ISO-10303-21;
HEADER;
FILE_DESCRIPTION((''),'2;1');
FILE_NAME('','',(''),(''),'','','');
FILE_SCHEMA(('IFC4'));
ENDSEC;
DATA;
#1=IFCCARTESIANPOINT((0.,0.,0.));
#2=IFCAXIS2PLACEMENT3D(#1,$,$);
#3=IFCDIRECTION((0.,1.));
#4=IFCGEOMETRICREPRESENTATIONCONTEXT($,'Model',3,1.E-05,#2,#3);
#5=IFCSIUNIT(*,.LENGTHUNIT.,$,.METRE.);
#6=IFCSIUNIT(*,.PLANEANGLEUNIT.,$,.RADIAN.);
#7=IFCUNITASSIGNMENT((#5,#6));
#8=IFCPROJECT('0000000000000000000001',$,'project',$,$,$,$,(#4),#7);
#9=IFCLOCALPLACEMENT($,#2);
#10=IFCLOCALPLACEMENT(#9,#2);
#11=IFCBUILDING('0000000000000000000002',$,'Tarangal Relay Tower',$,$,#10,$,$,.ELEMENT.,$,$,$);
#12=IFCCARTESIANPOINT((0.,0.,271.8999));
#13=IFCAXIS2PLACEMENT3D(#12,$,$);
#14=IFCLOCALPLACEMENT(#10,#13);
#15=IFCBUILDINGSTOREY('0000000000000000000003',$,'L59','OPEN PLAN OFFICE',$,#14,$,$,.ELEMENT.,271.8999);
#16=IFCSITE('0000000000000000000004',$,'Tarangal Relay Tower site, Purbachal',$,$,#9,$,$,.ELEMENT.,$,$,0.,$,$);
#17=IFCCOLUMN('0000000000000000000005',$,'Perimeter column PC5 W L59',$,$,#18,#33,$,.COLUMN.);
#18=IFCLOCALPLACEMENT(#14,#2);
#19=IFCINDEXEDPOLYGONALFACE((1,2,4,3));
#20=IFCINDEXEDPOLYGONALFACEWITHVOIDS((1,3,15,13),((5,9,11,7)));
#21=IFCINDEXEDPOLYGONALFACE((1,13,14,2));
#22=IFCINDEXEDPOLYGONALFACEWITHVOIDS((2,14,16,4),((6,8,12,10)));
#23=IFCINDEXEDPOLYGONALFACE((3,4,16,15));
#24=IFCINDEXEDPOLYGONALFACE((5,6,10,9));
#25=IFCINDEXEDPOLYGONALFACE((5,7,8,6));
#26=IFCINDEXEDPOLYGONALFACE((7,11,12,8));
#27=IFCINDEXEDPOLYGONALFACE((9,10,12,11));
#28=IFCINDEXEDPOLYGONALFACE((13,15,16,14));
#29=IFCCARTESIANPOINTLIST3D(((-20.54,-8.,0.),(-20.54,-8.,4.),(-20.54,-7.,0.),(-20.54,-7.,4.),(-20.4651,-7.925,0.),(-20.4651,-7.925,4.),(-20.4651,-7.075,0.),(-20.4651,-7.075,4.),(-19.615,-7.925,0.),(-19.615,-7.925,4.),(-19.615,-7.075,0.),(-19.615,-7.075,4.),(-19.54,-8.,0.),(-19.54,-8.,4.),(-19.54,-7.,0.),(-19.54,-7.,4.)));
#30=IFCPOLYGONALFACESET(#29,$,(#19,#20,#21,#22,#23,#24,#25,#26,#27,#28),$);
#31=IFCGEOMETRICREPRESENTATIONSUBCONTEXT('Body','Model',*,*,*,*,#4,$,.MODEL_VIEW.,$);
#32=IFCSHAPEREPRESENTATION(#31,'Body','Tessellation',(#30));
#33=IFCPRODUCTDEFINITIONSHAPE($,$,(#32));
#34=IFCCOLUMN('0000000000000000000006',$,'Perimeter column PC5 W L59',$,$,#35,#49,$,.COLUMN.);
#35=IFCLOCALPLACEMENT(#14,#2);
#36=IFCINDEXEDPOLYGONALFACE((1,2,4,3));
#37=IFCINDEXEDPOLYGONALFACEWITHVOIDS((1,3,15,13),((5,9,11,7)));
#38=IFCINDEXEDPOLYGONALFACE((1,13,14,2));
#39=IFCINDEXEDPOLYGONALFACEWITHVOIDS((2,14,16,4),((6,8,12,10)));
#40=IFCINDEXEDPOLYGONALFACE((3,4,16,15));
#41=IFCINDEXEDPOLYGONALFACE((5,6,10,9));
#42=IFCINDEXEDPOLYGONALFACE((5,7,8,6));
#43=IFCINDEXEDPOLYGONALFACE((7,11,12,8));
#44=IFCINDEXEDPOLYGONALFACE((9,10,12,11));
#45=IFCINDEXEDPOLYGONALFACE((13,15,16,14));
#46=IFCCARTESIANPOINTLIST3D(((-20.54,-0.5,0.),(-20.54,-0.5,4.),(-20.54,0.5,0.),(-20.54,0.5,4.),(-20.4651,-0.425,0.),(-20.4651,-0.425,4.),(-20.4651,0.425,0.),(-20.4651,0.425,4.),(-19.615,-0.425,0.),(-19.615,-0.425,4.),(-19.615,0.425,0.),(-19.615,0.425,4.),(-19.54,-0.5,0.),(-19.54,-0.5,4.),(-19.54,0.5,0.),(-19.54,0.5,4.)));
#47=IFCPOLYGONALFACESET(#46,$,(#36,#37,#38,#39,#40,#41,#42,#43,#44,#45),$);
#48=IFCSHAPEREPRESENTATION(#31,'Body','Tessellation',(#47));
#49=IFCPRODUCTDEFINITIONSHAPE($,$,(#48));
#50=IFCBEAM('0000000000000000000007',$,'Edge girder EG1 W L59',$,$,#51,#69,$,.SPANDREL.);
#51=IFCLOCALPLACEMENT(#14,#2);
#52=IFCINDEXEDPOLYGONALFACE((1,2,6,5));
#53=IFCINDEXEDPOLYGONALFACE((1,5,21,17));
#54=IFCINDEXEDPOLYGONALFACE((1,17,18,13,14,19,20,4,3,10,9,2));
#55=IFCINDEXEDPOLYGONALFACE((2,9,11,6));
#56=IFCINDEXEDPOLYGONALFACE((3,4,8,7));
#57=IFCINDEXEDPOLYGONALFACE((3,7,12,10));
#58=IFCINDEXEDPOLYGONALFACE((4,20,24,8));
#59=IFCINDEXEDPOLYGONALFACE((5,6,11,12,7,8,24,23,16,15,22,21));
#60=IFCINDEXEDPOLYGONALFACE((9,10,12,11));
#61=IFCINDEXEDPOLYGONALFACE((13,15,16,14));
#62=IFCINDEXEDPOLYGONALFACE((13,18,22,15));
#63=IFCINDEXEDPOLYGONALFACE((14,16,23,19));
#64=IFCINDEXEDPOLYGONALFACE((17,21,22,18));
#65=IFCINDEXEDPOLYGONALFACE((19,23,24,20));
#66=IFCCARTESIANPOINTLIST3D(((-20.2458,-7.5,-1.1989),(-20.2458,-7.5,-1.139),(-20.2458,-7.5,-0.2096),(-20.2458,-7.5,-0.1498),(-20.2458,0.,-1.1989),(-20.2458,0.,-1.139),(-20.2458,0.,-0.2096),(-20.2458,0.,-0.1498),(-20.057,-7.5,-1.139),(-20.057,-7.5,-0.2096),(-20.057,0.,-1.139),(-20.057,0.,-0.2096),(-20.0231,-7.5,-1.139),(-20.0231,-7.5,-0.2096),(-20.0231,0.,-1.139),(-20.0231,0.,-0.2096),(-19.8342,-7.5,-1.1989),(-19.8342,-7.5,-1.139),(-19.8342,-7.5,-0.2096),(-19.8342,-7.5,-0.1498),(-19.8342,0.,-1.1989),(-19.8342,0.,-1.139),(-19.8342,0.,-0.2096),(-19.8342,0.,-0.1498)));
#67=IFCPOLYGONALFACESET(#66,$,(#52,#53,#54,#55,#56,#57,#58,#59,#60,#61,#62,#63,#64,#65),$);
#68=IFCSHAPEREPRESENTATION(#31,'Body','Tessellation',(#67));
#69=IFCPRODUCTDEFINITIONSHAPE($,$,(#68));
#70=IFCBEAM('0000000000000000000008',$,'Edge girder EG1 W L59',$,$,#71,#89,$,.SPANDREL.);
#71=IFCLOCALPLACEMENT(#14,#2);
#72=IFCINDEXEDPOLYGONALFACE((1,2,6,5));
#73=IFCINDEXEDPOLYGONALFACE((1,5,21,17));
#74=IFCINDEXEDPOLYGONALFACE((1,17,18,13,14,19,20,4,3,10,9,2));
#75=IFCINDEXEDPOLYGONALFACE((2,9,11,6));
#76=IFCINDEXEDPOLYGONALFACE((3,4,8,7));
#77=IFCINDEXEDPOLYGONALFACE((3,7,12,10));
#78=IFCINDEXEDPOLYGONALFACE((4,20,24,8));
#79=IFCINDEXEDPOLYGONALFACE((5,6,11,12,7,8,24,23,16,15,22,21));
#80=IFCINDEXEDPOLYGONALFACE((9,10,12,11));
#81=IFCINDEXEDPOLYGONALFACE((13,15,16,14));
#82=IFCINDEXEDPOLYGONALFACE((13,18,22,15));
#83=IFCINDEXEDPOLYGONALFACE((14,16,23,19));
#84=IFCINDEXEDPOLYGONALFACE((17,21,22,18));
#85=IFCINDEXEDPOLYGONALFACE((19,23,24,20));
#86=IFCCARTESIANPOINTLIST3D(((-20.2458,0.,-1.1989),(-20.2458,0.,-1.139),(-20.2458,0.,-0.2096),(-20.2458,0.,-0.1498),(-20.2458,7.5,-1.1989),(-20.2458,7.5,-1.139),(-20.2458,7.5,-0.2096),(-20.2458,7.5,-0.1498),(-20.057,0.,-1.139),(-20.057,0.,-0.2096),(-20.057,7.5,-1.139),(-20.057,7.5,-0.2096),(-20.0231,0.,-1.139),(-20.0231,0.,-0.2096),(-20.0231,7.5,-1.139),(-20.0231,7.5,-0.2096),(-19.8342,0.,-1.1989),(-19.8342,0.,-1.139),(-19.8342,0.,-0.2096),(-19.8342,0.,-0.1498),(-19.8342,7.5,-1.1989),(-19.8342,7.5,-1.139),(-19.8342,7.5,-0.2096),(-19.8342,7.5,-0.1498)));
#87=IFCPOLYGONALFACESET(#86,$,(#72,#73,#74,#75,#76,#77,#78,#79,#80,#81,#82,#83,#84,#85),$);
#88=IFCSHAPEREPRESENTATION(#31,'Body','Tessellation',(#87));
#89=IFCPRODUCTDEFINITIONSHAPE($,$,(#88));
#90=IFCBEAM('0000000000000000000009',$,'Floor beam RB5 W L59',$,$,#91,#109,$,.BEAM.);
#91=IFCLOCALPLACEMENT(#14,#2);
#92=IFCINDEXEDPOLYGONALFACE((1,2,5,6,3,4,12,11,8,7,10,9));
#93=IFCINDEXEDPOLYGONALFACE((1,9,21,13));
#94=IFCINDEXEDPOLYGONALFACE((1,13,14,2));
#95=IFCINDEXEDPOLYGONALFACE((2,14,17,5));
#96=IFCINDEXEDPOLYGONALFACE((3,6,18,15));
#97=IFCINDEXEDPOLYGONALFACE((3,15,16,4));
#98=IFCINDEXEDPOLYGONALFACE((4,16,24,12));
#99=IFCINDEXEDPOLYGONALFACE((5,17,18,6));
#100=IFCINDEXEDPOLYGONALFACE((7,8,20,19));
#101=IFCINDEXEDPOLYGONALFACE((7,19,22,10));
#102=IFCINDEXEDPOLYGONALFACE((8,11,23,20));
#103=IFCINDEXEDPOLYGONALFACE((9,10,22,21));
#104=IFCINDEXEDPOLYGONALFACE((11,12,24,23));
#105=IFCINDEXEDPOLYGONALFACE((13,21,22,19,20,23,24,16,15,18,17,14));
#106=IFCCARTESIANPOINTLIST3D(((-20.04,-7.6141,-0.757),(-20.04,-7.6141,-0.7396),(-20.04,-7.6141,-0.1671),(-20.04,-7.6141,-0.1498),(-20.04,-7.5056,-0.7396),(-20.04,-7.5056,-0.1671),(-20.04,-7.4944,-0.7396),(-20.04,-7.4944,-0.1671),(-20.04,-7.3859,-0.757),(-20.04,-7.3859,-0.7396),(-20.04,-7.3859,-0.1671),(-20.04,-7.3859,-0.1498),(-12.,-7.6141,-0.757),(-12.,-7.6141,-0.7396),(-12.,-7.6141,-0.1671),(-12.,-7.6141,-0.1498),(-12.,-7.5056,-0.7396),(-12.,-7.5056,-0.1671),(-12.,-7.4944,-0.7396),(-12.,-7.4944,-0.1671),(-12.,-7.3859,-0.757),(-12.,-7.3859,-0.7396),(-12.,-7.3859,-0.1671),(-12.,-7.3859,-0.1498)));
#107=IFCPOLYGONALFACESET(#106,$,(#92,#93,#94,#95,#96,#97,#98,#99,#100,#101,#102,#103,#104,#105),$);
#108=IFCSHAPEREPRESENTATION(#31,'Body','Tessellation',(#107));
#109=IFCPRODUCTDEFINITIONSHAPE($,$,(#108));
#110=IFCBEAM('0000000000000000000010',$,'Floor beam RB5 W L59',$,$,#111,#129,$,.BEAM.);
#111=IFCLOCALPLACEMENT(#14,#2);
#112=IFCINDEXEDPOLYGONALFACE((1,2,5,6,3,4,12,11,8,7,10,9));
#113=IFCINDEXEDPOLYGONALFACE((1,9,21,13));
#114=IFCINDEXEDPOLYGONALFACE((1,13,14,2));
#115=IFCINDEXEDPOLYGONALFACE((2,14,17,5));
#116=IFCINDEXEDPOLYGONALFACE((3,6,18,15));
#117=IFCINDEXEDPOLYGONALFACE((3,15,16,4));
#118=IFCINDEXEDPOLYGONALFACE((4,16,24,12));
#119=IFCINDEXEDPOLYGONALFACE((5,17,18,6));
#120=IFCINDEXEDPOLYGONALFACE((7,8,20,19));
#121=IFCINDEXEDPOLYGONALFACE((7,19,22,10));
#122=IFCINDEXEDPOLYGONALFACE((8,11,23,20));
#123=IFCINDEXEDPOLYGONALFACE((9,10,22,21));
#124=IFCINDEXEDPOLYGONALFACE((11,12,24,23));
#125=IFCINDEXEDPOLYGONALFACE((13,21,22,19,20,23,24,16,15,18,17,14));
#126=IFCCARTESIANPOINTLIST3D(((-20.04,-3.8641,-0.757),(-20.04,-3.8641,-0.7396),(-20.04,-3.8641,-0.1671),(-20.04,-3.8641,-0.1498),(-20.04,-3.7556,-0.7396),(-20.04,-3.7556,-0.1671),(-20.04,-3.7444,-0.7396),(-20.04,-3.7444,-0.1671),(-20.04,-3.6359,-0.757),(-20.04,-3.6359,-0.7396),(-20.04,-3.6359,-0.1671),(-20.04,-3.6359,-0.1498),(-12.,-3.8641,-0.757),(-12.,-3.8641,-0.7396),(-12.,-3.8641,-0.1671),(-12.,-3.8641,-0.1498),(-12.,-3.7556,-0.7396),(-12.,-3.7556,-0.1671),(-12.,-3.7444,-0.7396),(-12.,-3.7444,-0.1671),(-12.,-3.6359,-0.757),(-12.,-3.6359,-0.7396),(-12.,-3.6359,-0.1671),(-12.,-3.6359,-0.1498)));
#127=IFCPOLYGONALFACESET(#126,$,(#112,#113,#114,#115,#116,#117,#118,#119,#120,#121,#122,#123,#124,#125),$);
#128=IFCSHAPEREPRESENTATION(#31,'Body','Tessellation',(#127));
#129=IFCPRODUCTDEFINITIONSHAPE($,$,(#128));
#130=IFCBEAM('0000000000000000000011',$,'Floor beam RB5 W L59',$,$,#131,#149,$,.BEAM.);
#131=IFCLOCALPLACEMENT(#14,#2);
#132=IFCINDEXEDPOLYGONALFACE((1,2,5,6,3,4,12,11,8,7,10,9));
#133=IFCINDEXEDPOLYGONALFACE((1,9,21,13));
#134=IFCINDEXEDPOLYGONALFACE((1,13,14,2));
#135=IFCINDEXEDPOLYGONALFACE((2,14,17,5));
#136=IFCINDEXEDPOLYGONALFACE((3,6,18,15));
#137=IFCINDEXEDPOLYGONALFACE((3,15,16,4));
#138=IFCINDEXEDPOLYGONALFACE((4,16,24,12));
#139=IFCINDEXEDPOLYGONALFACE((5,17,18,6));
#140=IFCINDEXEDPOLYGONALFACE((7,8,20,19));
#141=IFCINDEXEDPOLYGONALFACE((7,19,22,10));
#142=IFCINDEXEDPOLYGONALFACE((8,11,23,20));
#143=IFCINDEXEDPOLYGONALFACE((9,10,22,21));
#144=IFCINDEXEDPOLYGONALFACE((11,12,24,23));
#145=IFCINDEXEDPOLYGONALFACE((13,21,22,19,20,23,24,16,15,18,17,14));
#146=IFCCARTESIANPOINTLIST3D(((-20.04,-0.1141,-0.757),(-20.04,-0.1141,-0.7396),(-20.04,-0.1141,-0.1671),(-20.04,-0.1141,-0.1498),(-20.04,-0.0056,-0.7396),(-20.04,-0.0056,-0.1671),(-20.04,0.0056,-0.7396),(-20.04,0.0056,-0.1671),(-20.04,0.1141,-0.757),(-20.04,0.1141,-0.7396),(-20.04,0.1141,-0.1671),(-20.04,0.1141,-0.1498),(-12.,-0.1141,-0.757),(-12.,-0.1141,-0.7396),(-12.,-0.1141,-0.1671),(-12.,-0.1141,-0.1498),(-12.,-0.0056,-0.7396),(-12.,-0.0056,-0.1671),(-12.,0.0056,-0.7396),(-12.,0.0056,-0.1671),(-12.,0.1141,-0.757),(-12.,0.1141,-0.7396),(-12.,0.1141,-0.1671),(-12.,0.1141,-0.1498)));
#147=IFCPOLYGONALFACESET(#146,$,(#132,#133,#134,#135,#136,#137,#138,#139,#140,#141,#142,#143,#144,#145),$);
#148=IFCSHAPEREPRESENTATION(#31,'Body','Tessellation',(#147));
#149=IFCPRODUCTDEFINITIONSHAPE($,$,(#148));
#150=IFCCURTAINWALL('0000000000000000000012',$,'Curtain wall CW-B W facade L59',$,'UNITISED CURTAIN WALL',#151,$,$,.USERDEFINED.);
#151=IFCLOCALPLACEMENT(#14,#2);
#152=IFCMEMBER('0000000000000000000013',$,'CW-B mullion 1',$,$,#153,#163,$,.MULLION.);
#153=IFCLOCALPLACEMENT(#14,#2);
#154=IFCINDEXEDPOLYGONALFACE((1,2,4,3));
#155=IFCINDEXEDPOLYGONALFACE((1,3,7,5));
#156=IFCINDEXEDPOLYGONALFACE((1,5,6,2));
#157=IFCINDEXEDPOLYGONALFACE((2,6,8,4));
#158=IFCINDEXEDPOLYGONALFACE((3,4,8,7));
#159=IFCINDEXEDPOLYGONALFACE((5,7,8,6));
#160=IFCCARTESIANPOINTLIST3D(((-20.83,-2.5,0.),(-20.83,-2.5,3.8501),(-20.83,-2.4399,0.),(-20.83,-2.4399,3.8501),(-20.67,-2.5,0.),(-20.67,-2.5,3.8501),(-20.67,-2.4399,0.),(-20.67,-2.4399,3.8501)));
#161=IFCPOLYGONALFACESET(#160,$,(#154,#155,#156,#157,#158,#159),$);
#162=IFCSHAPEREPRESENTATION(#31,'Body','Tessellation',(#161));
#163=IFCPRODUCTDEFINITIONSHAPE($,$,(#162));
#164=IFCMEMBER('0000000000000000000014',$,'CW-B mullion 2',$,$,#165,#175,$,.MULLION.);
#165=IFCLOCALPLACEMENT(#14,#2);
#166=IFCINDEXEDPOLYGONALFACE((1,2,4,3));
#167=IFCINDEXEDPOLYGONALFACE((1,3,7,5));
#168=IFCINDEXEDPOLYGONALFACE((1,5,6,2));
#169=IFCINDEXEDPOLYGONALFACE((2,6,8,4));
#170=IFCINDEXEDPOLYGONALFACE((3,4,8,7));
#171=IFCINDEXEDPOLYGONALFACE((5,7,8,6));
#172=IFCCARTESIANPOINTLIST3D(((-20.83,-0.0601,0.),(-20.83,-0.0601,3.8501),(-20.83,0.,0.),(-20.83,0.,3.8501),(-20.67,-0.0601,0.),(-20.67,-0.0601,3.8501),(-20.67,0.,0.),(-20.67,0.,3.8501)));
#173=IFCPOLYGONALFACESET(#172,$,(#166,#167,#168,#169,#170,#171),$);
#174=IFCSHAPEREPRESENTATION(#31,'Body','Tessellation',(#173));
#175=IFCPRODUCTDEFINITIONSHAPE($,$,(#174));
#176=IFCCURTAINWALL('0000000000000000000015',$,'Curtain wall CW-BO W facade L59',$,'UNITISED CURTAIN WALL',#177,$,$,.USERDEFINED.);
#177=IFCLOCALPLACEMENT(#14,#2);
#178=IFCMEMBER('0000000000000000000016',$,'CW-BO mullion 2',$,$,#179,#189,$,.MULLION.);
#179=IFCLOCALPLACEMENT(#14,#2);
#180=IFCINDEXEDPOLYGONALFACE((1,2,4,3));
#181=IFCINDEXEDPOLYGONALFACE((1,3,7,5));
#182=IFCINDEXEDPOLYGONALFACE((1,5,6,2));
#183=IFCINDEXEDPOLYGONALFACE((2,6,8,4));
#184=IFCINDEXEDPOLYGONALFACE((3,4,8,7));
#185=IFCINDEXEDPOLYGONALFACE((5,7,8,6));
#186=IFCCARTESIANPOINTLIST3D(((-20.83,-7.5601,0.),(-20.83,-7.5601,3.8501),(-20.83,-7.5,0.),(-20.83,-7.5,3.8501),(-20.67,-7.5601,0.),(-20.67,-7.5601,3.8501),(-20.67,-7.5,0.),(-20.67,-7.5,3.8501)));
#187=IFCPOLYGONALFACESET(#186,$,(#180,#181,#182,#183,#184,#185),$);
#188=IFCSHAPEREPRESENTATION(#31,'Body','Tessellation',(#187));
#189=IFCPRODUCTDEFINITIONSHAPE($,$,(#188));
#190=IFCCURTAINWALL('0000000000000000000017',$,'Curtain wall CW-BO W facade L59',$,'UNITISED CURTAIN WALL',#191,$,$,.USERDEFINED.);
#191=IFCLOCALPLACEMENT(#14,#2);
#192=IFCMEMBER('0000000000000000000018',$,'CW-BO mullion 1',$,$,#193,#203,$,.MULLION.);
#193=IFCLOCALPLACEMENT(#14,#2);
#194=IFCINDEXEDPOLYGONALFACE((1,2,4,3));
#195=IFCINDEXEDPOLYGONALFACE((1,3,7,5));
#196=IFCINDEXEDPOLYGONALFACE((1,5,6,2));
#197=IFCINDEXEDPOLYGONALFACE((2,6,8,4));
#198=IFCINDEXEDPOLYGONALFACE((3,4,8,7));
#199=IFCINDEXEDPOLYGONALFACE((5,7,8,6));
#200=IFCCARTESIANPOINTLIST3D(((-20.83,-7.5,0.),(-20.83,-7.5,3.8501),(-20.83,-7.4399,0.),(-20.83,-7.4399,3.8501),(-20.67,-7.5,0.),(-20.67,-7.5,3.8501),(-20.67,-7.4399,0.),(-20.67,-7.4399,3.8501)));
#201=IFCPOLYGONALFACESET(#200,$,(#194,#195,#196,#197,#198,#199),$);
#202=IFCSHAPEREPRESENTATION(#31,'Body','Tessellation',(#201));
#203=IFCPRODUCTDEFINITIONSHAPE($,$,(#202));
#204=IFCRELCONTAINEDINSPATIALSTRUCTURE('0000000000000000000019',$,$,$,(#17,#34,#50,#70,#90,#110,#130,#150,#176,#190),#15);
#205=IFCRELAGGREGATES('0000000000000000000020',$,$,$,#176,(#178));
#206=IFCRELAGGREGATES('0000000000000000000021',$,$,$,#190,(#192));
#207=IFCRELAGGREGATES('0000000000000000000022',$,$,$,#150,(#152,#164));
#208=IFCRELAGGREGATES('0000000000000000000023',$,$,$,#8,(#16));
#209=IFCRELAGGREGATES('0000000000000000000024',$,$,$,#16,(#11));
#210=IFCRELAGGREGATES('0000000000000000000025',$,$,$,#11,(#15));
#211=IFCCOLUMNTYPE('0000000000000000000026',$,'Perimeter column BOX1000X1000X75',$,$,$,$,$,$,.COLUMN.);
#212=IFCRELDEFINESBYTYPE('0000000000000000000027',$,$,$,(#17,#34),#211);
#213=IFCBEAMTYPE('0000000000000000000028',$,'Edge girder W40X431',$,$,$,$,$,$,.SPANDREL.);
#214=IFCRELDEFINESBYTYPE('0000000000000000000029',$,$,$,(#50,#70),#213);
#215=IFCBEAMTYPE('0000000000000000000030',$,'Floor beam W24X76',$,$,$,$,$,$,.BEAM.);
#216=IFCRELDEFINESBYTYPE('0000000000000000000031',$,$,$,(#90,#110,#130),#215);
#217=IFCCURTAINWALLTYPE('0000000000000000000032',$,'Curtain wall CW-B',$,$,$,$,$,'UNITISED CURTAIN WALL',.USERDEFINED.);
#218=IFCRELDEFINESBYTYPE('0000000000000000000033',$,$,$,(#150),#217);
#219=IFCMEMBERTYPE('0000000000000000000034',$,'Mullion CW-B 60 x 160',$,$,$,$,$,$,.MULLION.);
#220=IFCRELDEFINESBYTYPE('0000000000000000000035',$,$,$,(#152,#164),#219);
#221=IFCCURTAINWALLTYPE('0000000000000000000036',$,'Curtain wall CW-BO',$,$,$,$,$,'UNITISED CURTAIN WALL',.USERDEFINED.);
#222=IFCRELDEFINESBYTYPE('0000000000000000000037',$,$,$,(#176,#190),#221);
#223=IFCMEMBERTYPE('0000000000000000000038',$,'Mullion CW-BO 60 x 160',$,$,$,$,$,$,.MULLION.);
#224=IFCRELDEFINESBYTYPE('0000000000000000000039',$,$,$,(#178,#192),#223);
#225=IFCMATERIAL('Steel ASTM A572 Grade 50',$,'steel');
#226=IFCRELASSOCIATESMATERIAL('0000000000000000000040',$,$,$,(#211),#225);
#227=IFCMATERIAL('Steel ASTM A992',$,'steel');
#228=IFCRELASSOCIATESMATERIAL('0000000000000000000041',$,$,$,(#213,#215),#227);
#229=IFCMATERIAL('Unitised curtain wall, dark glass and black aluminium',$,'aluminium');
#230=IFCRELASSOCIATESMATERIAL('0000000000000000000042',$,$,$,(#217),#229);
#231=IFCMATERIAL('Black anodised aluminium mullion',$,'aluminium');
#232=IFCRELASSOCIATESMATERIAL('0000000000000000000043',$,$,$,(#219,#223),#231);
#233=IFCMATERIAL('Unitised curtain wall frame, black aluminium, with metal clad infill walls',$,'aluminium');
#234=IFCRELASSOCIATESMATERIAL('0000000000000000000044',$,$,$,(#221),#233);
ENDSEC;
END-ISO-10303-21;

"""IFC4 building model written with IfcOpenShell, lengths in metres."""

from ifc_helpers import new_model, si_unit, direction, frame, origin, origin_2d, place, context, subcontext, project, spatial, rectangle, hollow_rectangle, i_section, extrude, material, material_profile, profile_set, type_object, element, aggregate, save


model = new_model("IFC4")

# Units and contexts
model_context = context("Model", 3, precision=1e-05, world=origin(), true_north=direction((0.0, 1.0)))
body_context = subcontext(model_context, "Body", "Model", "MODEL_VIEW")
ifc_project = project(units=[si_unit("LENGTHUNIT", "METRE"), si_unit("PLANEANGLEUNIT", "RADIAN")], contexts=[model_context])

# Site, building, storey
site_placement = place(None, origin())
site = spatial("IfcSite", under=ifc_project, at=site_placement, Name="Tarangal Relay Tower site, Purbachal", CompositionType="ELEMENT", RefElevation=0.0)
building_placement = place(site_placement, origin())
building = spatial("IfcBuilding", under=site, at=building_placement, Name="Tarangal Relay Tower", CompositionType="ELEMENT")
storey_placement = place(building_placement, frame((0.0, 0.0, 271.8999)))
storey = spatial("IfcBuildingStorey", under=building, at=storey_placement, Name="L59", Description="OPEN PLAN OFFICE", CompositionType="ELEMENT", Elevation=271.8999)

# Columns
ifc_material_1 = material(Name="Steel ASTM A572 Grade 50", Category="steel")
ifc_material_profile_1 = material_profile(ifc_material_1, hollow_rectangle(XDim=1.0, YDim=1.0, WallThickness=0.075, at=origin_2d()), Name="BOX1000X1000X75")
ifc_profile_set_1 = profile_set([ifc_material_profile_1], Name="Steel ASTM A572 Grade 50")
column_type = type_object("IfcColumnType", Name="Perimeter column BOX1000X1000X75", PredefinedType="COLUMN", material=ifc_profile_set_1)
for number, where, z_axis, x_axis, name in (
    (1, (-20.04, -7.5, 0.0), (0.0, 0.0, 1.0), (1.0, 0.0, 0.0), "Perimeter column PC5 W L59"),
    (2, (-20.04, 0.0, 0.0), (0.0, 0.0, 1.0), (1.0, 0.0, 0.0), "Perimeter column PC5 W L59"),
):
    element("IfcColumn", number, at=place(storey_placement, frame(where, z_axis=z_axis, x_axis=x_axis)), inside=storey, type_object=column_type, Name=name, PredefinedType="COLUMN", context=body_context, shape_type="SweptSolid", body=[
        extrude(hollow_rectangle(XDim=1.0, YDim=1.0, WallThickness=0.075, at=origin_2d()), origin(), (0.0, 0.0, 1.0), 4.0),
    ])

# Beams
ifc_material_2 = material(Name="Steel ASTM A992", Category="steel")
ifc_material_profile_2 = material_profile(ifc_material_2, i_section(OverallWidth=0.4116, OverallDepth=1.0491, WebThickness=0.0339, FlangeThickness=0.0598, at=origin_2d()), Name="W40X431")
ifc_profile_set_2 = profile_set([ifc_material_profile_2], Name="Steel ASTM A992")
beam_type_1 = type_object("IfcBeamType", Name="Edge girder W40X431", PredefinedType="SPANDREL", material=ifc_profile_set_2)
for number, where, z_axis, x_axis, name in (
    (3, (-20.04, -7.5, -0.6743), (0.0, 1.0, 0.0), (-1.0, 0.0, 0.0), "Edge girder EG1 W L59"),
    (4, (-20.04, 0.0, -0.6743), (0.0, 1.0, 0.0), (-1.0, 0.0, 0.0), "Edge girder EG1 W L59"),
):
    element("IfcBeam", number, at=place(storey_placement, frame(where, z_axis=z_axis, x_axis=x_axis)), inside=storey, type_object=beam_type_1, Name=name, PredefinedType="SPANDREL", context=body_context, shape_type="SweptSolid", body=[
        extrude(i_section(OverallWidth=0.4116, OverallDepth=1.0491, WebThickness=0.0339, FlangeThickness=0.0598, at=origin_2d()), origin(), (0.0, 0.0, 1.0), 7.5),
    ])
ifc_material_profile_3 = material_profile(ifc_material_2, i_section(OverallWidth=0.2283, OverallDepth=0.6072, WebThickness=0.0112, FlangeThickness=0.0173, at=origin_2d()), Name="W24X76")
ifc_profile_set_3 = profile_set([ifc_material_profile_3], Name="Steel ASTM A992")
beam_type_2 = type_object("IfcBeamType", Name="Floor beam W24X76", PredefinedType="BEAM", material=ifc_profile_set_3)
for number, where, z_axis, x_axis, name in (
    (5, (-12.0, -7.5, -0.4534), (-1.0, 0.0, 0.0), (0.0, -1.0, 0.0), "Floor beam RB5 W L59"),
    (6, (-12.0, -3.75, -0.4534), (-1.0, 0.0, 0.0), (0.0, -1.0, 0.0), "Floor beam RB5 W L59"),
    (7, (-12.0, 0.0, -0.4534), (-1.0, 0.0, 0.0), (0.0, -1.0, 0.0), "Floor beam RB5 W L59"),
):
    element("IfcBeam", number, at=place(storey_placement, frame(where, z_axis=z_axis, x_axis=x_axis)), inside=storey, type_object=beam_type_2, Name=name, PredefinedType="BEAM", context=body_context, shape_type="SweptSolid", body=[
        extrude(i_section(OverallWidth=0.2283, OverallDepth=0.6072, WebThickness=0.0112, FlangeThickness=0.0173, at=origin_2d()), origin(), (0.0, 0.0, 1.0), 8.04),
    ])

# Curtain wall, members
ifc_material_3 = material(Name="Unitised curtain wall, dark glass and black aluminium", Category="aluminium")
curtain_wall_type_1 = type_object("IfcCurtainWallType", Name="Curtain wall CW-B", ElementType="UNITISED CURTAIN WALL", PredefinedType="USERDEFINED", material=ifc_material_3)
curtain_wall_1_placement = place(storey_placement, origin())
curtain_wall_1 = element("IfcCurtainWall", 8, at=curtain_wall_1_placement, inside=storey, type_object=curtain_wall_type_1, Name="Curtain wall CW-B W facade L59", ObjectType="UNITISED CURTAIN WALL", PredefinedType="USERDEFINED")
ifc_material_4 = material(Name="Black anodised aluminium mullion", Category="aluminium")
ifc_material_profile_4 = material_profile(ifc_material_4, rectangle(XDim=0.1599, YDim=0.0601, at=origin_2d()), Name="CW-BM 60X160")
ifc_profile_set_4 = profile_set([ifc_material_profile_4], Name="Black anodised aluminium mullion")
member_type_1 = type_object("IfcMemberType", Name="Mullion CW-B 60 x 160", PredefinedType="MULLION", material=ifc_profile_set_4)
member_1_placement = place(storey_placement, frame((-20.75, -2.47, 0.0), z_axis=(0.0, 0.0, 1.0), x_axis=(-1.0, 0.0, 0.0)))
member_1 = element("IfcMember", 9, at=member_1_placement, type_object=member_type_1, Name="CW-B mullion 1", PredefinedType="MULLION", context=body_context, shape_type="SweptSolid", body=[
    extrude(rectangle(XDim=0.1599, YDim=0.0601, at=origin_2d()), origin(), (0.0, 0.0, 1.0), 3.8501),
])
member_2_placement = place(storey_placement, frame((-20.75, -0.03, 0.0), z_axis=(0.0, 0.0, 1.0), x_axis=(-1.0, 0.0, 0.0)))
member_2 = element("IfcMember", 10, at=member_2_placement, type_object=member_type_1, Name="CW-B mullion 2", PredefinedType="MULLION", context=body_context, shape_type="SweptSolid", body=[
    extrude(rectangle(XDim=0.1599, YDim=0.0601, at=origin_2d()), origin(), (0.0, 0.0, 1.0), 3.8501),
])

# Curtain wall, member
ifc_material_5 = material(Name="Unitised curtain wall frame, black aluminium, with metal clad infill walls", Category="aluminium")
curtain_wall_type_2 = type_object("IfcCurtainWallType", Name="Curtain wall CW-BO", ElementType="UNITISED CURTAIN WALL", PredefinedType="USERDEFINED", material=ifc_material_5)
curtain_wall_2_placement = place(storey_placement, origin())
curtain_wall_2 = element("IfcCurtainWall", 11, at=curtain_wall_2_placement, inside=storey, type_object=curtain_wall_type_2, Name="Curtain wall CW-BO W facade L59", ObjectType="UNITISED CURTAIN WALL", PredefinedType="USERDEFINED")
ifc_material_profile_5 = material_profile(ifc_material_4, rectangle(XDim=0.1599, YDim=0.0601, at=origin_2d()), Name="CW-BOM 60X160")
ifc_profile_set_5 = profile_set([ifc_material_profile_5], Name="Black anodised aluminium mullion")
member_type_2 = type_object("IfcMemberType", Name="Mullion CW-BO 60 x 160", PredefinedType="MULLION", material=ifc_profile_set_5)
member_3_placement = place(storey_placement, frame((-20.75, -7.53, 0.0), z_axis=(0.0, 0.0, 1.0), x_axis=(-1.0, 0.0, 0.0)))
member_3 = element("IfcMember", 12, at=member_3_placement, type_object=member_type_2, Name="CW-BO mullion 2", PredefinedType="MULLION", context=body_context, shape_type="SweptSolid", body=[
    extrude(rectangle(XDim=0.1599, YDim=0.0601, at=origin_2d()), origin(), (0.0, 0.0, 1.0), 3.8501),
])

# Curtain wall, member
curtain_wall_3_placement = place(storey_placement, origin())
curtain_wall_3 = element("IfcCurtainWall", 13, at=curtain_wall_3_placement, inside=storey, type_object=curtain_wall_type_2, Name="Curtain wall CW-BO W facade L59", ObjectType="UNITISED CURTAIN WALL", PredefinedType="USERDEFINED")
member_4_placement = place(storey_placement, frame((-20.75, -7.47, 0.0), z_axis=(0.0, 0.0, 1.0), x_axis=(-1.0, 0.0, 0.0)))
member_4 = element("IfcMember", 14, at=member_4_placement, type_object=member_type_2, Name="CW-BO mullion 1", PredefinedType="MULLION", context=body_context, shape_type="SweptSolid", body=[
    extrude(rectangle(XDim=0.1599, YDim=0.0601, at=origin_2d()), origin(), (0.0, 0.0, 1.0), 3.8501),
])

aggregate(curtain_wall_2, [member_3])
aggregate(curtain_wall_3, [member_4])

aggregate(curtain_wall_1, [member_1, member_2])

save(model, "model.ifc")
